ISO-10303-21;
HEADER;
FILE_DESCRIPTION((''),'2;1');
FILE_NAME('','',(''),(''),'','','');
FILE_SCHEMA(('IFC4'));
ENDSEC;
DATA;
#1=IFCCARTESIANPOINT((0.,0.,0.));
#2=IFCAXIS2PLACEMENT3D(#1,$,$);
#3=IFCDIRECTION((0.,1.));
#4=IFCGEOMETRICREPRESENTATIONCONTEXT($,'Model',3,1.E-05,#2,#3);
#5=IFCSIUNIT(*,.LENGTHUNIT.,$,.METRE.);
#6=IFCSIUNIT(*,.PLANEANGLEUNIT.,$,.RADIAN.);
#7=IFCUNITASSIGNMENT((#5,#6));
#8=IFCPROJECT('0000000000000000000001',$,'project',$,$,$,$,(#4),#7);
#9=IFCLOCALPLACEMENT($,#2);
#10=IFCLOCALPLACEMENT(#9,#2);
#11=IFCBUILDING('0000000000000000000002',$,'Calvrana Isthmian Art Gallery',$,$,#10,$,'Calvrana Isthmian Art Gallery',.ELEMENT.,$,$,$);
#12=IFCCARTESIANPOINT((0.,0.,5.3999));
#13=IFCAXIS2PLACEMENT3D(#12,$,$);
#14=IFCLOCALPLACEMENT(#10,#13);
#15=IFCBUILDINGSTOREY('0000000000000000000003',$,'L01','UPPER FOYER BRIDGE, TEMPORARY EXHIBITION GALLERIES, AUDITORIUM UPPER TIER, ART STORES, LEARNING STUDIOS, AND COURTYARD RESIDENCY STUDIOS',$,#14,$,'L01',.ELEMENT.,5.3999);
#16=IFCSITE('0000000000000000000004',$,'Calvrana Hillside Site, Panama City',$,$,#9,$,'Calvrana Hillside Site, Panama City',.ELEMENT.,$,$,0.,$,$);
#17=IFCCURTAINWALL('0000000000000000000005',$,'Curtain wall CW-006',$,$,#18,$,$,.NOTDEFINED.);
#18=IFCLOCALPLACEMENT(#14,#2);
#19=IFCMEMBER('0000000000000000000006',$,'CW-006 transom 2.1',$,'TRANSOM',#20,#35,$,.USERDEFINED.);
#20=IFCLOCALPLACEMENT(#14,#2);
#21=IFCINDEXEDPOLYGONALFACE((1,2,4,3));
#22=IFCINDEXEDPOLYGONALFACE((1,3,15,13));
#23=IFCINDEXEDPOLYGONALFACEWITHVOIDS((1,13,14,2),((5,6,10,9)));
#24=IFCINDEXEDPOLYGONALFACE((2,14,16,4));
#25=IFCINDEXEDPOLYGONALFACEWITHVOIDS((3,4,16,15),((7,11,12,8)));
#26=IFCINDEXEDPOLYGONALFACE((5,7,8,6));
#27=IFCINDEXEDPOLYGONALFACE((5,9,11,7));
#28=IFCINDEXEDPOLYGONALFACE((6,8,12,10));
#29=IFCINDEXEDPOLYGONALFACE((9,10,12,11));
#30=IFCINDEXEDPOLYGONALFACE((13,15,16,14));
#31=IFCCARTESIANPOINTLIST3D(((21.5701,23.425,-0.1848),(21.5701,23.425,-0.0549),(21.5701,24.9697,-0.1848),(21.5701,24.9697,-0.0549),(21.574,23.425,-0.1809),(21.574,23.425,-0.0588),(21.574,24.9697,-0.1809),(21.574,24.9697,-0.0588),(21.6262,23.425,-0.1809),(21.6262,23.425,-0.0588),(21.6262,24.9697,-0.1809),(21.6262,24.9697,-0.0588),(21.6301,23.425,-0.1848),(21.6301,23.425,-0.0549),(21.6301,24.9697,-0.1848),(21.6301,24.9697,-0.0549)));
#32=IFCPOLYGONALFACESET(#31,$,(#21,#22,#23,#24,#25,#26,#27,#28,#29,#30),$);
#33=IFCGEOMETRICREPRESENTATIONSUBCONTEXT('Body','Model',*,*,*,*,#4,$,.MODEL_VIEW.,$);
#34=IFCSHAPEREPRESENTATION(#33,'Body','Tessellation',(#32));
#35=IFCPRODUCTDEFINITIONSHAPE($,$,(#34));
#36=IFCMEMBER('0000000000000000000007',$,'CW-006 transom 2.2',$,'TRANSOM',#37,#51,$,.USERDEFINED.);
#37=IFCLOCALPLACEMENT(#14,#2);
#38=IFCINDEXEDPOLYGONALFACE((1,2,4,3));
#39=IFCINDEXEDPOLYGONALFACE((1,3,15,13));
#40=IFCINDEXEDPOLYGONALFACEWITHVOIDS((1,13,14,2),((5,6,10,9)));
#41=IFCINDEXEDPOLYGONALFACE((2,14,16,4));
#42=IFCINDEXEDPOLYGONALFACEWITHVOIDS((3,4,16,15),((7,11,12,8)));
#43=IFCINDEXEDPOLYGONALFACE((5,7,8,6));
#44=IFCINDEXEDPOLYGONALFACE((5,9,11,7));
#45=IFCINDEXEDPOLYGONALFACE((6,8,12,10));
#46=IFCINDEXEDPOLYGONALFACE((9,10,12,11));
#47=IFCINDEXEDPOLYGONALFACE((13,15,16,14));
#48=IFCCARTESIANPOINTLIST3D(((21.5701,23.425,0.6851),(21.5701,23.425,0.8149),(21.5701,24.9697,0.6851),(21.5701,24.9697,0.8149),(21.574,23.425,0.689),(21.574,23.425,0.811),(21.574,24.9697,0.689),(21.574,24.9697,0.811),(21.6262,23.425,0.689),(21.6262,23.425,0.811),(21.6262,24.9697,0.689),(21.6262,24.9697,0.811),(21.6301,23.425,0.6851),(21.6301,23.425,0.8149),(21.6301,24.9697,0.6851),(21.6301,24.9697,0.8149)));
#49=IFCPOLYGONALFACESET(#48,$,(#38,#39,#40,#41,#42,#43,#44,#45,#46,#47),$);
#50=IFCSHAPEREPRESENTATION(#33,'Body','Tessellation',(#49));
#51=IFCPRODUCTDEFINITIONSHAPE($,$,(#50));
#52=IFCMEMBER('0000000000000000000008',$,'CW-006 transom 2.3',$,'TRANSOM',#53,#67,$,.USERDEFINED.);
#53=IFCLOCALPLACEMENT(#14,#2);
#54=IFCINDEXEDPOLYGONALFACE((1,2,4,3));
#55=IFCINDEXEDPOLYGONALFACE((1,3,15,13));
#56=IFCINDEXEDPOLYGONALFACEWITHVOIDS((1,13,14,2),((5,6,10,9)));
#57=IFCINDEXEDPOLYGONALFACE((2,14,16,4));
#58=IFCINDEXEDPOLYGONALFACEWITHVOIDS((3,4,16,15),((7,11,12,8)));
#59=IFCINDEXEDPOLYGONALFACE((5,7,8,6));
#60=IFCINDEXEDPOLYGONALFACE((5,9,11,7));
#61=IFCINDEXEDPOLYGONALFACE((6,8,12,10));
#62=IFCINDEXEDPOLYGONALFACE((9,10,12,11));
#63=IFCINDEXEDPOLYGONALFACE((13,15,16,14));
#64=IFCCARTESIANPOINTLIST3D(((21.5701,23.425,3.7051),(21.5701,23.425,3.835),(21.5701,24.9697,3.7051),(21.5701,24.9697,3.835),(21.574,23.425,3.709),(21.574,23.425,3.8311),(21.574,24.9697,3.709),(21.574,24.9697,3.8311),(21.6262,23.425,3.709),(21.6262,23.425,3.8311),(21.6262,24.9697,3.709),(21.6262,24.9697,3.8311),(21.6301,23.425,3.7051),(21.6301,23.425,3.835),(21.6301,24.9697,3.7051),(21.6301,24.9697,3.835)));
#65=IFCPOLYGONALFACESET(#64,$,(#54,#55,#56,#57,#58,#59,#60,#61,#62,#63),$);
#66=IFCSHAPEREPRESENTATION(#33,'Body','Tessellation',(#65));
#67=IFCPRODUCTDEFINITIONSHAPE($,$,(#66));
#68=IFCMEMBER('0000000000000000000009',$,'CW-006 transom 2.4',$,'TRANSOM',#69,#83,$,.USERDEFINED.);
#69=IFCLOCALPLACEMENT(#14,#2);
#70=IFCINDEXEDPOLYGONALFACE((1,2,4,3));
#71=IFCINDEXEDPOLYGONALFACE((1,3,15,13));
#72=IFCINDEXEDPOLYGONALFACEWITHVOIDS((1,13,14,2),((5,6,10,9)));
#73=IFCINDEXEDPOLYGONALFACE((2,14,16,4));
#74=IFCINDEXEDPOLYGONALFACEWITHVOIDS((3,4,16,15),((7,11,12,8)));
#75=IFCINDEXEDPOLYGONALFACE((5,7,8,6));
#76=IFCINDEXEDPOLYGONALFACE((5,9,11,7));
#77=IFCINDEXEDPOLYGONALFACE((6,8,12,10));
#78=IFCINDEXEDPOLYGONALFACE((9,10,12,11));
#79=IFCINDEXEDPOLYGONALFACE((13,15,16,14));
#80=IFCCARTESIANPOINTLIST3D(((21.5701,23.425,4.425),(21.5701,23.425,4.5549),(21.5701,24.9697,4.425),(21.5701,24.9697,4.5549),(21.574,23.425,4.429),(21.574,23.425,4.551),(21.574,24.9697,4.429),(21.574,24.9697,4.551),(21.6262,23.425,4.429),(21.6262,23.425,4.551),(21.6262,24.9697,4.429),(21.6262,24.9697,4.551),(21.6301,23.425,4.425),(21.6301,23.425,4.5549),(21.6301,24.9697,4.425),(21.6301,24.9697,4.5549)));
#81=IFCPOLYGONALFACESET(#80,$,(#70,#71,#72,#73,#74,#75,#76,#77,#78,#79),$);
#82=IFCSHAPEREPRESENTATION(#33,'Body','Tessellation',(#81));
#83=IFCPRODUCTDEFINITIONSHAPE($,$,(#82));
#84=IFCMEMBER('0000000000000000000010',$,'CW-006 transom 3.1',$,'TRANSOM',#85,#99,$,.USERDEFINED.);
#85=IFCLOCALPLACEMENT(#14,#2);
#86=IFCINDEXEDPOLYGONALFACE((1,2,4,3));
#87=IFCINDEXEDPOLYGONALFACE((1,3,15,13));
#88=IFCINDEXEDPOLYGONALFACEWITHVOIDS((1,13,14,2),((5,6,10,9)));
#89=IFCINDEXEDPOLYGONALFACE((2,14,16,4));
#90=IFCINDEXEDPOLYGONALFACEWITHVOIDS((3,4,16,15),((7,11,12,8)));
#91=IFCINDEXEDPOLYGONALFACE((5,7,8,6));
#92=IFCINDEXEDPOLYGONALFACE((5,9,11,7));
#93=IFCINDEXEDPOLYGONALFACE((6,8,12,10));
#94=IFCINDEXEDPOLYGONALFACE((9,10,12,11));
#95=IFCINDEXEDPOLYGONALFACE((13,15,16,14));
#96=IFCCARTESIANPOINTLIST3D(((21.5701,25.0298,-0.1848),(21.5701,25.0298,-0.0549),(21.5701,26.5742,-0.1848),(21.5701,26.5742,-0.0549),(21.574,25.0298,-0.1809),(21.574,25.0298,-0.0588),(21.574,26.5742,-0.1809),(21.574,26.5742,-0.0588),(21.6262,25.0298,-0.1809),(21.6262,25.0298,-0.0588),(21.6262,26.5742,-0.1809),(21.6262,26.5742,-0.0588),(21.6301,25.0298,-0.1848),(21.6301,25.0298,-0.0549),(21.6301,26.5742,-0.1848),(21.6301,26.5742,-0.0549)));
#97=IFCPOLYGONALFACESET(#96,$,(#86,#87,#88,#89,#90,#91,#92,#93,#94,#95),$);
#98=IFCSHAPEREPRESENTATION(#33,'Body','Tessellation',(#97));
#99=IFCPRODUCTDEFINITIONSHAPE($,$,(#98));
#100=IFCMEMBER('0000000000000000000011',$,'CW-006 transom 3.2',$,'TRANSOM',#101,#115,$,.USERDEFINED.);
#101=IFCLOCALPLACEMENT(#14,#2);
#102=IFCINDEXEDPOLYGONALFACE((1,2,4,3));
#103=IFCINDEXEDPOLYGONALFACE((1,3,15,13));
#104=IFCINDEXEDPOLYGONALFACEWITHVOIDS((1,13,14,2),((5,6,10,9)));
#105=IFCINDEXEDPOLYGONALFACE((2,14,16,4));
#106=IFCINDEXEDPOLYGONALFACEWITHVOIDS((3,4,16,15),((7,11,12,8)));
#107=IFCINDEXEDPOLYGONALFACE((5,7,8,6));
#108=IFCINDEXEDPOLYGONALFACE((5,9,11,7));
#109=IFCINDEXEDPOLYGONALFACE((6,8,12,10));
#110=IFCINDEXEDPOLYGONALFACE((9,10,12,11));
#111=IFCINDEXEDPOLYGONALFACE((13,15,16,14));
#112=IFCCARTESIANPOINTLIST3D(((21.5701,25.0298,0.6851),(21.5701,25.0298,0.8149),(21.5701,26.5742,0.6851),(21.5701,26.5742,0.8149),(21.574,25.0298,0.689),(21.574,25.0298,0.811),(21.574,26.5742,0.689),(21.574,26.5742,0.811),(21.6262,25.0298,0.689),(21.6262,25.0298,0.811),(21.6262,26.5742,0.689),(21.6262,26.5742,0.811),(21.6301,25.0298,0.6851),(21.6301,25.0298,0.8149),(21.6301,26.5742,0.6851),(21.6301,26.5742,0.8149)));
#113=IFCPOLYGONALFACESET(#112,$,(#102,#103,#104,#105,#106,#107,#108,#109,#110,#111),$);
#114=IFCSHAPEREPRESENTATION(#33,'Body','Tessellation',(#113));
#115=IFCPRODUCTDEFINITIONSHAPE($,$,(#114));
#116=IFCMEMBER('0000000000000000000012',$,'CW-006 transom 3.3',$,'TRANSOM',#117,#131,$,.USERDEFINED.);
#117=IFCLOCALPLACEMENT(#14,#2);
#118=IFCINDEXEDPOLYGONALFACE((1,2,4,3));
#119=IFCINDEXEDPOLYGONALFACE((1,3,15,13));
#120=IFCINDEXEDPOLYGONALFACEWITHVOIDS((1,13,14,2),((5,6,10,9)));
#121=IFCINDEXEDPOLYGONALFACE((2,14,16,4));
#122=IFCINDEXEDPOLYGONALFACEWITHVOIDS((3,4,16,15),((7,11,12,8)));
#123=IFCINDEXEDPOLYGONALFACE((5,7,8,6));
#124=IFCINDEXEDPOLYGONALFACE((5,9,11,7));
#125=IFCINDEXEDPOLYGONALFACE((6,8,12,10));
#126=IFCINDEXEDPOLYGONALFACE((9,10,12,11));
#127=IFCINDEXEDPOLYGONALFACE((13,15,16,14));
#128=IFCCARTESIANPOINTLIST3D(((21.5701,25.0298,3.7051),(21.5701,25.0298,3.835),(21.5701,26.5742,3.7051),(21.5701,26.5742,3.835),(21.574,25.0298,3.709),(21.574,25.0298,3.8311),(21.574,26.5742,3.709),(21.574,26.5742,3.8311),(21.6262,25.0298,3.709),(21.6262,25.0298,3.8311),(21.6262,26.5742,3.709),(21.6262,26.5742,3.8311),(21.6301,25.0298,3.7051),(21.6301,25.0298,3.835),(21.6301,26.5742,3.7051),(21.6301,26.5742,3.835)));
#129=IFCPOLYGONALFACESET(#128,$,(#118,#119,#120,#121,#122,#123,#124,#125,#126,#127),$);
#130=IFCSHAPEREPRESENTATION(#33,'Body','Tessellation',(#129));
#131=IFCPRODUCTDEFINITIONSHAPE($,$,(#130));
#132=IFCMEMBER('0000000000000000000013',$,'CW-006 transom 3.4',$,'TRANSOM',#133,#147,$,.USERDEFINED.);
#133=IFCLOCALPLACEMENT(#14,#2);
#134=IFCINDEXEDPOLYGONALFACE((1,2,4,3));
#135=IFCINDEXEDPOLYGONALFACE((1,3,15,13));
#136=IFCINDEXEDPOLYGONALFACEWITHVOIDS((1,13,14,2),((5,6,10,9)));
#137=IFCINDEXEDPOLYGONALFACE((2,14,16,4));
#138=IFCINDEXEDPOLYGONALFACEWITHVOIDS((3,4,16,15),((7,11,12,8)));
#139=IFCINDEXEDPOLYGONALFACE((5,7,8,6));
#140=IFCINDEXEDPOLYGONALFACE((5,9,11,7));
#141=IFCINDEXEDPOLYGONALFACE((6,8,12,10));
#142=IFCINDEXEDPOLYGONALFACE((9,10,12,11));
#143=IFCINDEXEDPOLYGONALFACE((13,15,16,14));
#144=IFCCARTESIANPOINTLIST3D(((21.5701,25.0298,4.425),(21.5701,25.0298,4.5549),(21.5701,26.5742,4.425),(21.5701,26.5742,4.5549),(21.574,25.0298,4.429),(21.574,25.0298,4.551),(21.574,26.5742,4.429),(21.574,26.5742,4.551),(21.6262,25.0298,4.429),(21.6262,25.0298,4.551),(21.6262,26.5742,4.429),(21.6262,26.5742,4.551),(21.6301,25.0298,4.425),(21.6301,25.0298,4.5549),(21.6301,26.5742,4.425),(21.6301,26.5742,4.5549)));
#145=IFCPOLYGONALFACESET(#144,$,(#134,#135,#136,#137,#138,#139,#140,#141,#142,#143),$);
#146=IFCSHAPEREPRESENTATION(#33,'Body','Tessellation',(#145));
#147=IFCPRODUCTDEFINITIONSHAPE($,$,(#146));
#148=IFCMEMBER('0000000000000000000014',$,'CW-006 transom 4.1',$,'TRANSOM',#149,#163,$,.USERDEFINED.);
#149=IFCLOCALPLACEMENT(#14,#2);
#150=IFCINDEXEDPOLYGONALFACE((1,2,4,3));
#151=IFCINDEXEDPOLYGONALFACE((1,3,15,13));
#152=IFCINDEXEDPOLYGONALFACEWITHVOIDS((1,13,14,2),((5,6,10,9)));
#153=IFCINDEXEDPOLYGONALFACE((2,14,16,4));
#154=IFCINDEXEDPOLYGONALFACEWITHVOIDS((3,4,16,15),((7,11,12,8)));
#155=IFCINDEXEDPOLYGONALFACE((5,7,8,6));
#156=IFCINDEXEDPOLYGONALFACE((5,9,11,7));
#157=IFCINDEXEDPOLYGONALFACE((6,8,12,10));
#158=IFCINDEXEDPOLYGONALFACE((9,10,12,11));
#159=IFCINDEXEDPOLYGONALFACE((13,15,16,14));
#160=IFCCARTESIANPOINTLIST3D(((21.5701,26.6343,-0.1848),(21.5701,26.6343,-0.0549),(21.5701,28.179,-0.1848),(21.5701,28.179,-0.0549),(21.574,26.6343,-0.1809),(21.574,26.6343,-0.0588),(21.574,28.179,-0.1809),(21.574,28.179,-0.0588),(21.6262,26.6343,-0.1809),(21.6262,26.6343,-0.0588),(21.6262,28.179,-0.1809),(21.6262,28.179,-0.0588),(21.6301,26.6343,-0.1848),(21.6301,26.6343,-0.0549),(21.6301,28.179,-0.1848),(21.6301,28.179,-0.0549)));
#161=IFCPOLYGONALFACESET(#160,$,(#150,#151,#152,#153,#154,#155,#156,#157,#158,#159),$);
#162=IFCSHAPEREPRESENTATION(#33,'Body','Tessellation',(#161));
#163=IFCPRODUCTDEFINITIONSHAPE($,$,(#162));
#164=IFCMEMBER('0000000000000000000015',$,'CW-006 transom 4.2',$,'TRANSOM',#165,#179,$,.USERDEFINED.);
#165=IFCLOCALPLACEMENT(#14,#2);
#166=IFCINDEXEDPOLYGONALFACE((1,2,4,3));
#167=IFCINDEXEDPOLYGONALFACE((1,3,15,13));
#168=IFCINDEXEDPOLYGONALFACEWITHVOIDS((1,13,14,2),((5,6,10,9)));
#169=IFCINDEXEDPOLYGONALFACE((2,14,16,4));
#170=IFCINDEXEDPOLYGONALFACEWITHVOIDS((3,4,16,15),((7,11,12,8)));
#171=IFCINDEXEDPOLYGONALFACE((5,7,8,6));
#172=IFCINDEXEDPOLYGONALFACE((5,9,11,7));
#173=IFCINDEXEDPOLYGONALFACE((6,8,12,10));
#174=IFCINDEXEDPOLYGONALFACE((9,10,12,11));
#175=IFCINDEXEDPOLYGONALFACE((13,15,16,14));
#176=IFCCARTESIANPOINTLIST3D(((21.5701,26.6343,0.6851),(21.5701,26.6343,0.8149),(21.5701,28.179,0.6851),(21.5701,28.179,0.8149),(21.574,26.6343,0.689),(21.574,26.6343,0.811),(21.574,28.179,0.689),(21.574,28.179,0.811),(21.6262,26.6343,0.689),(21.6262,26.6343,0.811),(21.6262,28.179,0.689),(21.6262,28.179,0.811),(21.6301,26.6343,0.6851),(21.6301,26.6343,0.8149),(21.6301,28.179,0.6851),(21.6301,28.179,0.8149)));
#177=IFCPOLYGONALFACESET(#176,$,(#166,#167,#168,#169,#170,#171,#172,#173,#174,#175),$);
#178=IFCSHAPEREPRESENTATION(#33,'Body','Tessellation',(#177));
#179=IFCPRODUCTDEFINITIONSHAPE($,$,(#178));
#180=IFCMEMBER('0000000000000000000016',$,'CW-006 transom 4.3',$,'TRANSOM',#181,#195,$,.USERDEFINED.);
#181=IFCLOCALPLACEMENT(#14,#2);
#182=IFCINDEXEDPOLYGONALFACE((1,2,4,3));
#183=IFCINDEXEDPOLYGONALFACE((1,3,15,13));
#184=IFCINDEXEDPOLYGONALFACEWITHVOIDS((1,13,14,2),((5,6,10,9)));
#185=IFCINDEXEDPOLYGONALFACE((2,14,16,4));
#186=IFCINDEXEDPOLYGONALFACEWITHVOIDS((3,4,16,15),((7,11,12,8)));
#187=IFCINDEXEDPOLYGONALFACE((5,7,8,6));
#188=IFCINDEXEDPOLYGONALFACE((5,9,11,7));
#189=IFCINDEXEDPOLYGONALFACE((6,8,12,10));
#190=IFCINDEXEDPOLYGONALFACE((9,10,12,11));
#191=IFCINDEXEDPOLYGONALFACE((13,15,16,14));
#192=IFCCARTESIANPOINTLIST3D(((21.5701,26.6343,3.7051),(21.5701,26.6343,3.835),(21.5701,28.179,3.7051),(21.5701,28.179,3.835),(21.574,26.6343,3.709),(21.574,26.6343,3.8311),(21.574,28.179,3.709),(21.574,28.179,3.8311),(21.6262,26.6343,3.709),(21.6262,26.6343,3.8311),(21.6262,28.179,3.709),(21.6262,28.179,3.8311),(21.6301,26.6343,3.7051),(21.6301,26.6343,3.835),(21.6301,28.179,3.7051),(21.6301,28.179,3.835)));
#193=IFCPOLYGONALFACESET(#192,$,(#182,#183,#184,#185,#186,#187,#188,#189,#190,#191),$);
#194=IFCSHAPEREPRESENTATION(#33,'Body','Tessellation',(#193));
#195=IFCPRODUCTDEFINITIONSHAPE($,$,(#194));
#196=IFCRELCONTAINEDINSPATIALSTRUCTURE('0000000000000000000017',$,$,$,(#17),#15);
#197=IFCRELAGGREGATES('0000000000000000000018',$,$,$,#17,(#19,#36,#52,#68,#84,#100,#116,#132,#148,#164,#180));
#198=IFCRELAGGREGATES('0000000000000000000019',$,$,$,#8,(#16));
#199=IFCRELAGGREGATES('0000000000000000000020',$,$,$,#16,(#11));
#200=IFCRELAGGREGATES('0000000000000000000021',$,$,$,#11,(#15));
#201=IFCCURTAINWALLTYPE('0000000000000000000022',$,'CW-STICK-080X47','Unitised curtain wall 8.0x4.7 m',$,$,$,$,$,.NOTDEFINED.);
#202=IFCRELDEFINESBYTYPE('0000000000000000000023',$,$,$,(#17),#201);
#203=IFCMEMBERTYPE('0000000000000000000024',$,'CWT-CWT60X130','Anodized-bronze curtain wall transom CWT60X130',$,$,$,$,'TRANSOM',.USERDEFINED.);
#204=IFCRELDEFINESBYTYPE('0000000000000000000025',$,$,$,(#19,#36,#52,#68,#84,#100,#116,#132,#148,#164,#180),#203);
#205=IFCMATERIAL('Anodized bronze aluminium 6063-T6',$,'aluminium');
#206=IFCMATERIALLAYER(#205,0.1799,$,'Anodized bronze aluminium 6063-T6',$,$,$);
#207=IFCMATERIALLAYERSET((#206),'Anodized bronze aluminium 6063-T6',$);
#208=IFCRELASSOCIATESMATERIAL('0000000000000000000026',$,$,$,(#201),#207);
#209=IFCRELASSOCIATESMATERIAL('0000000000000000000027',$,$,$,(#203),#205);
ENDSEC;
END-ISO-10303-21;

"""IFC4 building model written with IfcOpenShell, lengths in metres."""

from ifc_helpers import new_model, si_unit, direction, frame, origin, origin_2d, place, context, subcontext, project, spatial, hollow_rectangle, extrude, material, layer, layer_set, material_profile, profile_set, type_object, element, aggregate, save


model = new_model("IFC4")

# Units and contexts
model_context = context("Model", 3, precision=1e-05, world=origin(), true_north=direction((0.0, 1.0)))
body_context = subcontext(model_context, "Body", "Model", "MODEL_VIEW")
ifc_project = project(units=[si_unit("LENGTHUNIT", "METRE"), si_unit("PLANEANGLEUNIT", "RADIAN")], contexts=[model_context])

# Site, building, storey
site_placement = place(None, origin())
site = spatial("IfcSite", under=ifc_project, at=site_placement, Name="Calvrana Hillside Site, Panama City", LongName="Calvrana Hillside Site, Panama City", CompositionType="ELEMENT", RefElevation=0.0)
building_placement = place(site_placement, origin())
building = spatial("IfcBuilding", under=site, at=building_placement, Name="Calvrana Isthmian Art Gallery", LongName="Calvrana Isthmian Art Gallery", CompositionType="ELEMENT")
storey_placement = place(building_placement, frame((0.0, 0.0, 5.3999)))
storey = spatial("IfcBuildingStorey", under=building, at=storey_placement, Name="L01", Description="UPPER FOYER BRIDGE, TEMPORARY EXHIBITION GALLERIES, AUDITORIUM UPPER TIER, ART STORES, LEARNING STUDIOS, AND COURTYARD RESIDENCY STUDIOS", LongName="L01", CompositionType="ELEMENT", Elevation=5.3999)

# Curtain wall, members
ifc_material_1 = material(Name="Anodized bronze aluminium 6063-T6", Category="aluminium")
ifc_layer_1 = layer(ifc_material_1, 0.1799, Name="Anodized bronze aluminium 6063-T6")
ifc_layer_set_1 = layer_set([ifc_layer_1], Name="Anodized bronze aluminium 6063-T6")
curtain_wall_type = type_object("IfcCurtainWallType", Name="CW-STICK-080X47", Description="Unitised curtain wall 8.0x4.7 m", PredefinedType="NOTDEFINED", material=ifc_layer_set_1)
curtain_wall_placement = place(storey_placement, origin())
curtain_wall = element("IfcCurtainWall", 1, at=curtain_wall_placement, inside=storey, type_object=curtain_wall_type, Name="Curtain wall CW-006", PredefinedType="NOTDEFINED")
ifc_material_profile_1 = material_profile(ifc_material_1, hollow_rectangle(XDim=0.0601, YDim=0.1299, WallThickness=0.0039, at=origin_2d()), Name="CWT60X130")
ifc_profile_set_1 = profile_set([ifc_material_profile_1], Name="Anodized bronze aluminium 6063-T6")
member_type_1 = type_object("IfcMemberType", Name="CWT-CWT60X130", Description="Anodized-bronze curtain wall transom CWT60X130", ElementType="TRANSOM", PredefinedType="USERDEFINED", material=ifc_profile_set_1)
member_1_placement = place(storey_placement, frame((21.6001, 23.425, -0.1199), z_axis=(0.0, 1.0, 0.0), x_axis=(-1.0, 0.0, 0.0)))
member_1 = element("IfcMember", 2, at=member_1_placement, type_object=member_type_1, Name="CW-006 transom 2.1", ObjectType="TRANSOM", PredefinedType="USERDEFINED", context=body_context, shape_type="SweptSolid", body=[
    extrude(hollow_rectangle(XDim=0.0601, YDim=0.1299, WallThickness=0.0039, at=origin_2d()), origin(), (0.0, 0.0, 1.0), 1.5447),
])
member_2_placement = place(storey_placement, frame((21.6001, 23.425, 0.75), z_axis=(0.0, 1.0, 0.0), x_axis=(-1.0, 0.0, 0.0)))
member_2 = element("IfcMember", 3, at=member_2_placement, type_object=member_type_1, Name="CW-006 transom 2.2", ObjectType="TRANSOM", PredefinedType="USERDEFINED", context=body_context, shape_type="SweptSolid", body=[
    extrude(hollow_rectangle(XDim=0.0601, YDim=0.1299, WallThickness=0.0039, at=origin_2d()), origin(), (0.0, 0.0, 1.0), 1.5447),
])
member_3_placement = place(storey_placement, frame((21.6001, 23.425, 3.77), z_axis=(0.0, 1.0, 0.0), x_axis=(-1.0, 0.0, 0.0)))
member_3 = element("IfcMember", 4, at=member_3_placement, type_object=member_type_1, Name="CW-006 transom 2.3", ObjectType="TRANSOM", PredefinedType="USERDEFINED", context=body_context, shape_type="SweptSolid", body=[
    extrude(hollow_rectangle(XDim=0.0601, YDim=0.1299, WallThickness=0.0039, at=origin_2d()), origin(), (0.0, 0.0, 1.0), 1.5447),
])
member_4_placement = place(storey_placement, frame((21.6001, 23.425, 4.49), z_axis=(0.0, 1.0, 0.0), x_axis=(-1.0, 0.0, 0.0)))
member_4 = element("IfcMember", 5, at=member_4_placement, type_object=member_type_1, Name="CW-006 transom 2.4", ObjectType="TRANSOM", PredefinedType="USERDEFINED", context=body_context, shape_type="SweptSolid", body=[
    extrude(hollow_rectangle(XDim=0.0601, YDim=0.1299, WallThickness=0.0039, at=origin_2d()), origin(), (0.0, 0.0, 1.0), 1.5447),
])
member_5_placement = place(storey_placement, frame((21.6001, 25.0298, -0.1199), z_axis=(0.0, 1.0, 0.0), x_axis=(-1.0, 0.0, 0.0)))
member_5 = element("IfcMember", 6, at=member_5_placement, type_object=member_type_1, Name="CW-006 transom 3.1", ObjectType="TRANSOM", PredefinedType="USERDEFINED", context=body_context, shape_type="SweptSolid", body=[
    extrude(hollow_rectangle(XDim=0.0601, YDim=0.1299, WallThickness=0.0039, at=origin_2d()), origin(), (0.0, 0.0, 1.0), 1.5444),
])
member_6_placement = place(storey_placement, frame((21.6001, 25.0298, 0.75), z_axis=(0.0, 1.0, 0.0), x_axis=(-1.0, 0.0, 0.0)))
member_6 = element("IfcMember", 7, at=member_6_placement, type_object=member_type_1, Name="CW-006 transom 3.2", ObjectType="TRANSOM", PredefinedType="USERDEFINED", context=body_context, shape_type="SweptSolid", body=[
    extrude(hollow_rectangle(XDim=0.0601, YDim=0.1299, WallThickness=0.0039, at=origin_2d()), origin(), (0.0, 0.0, 1.0), 1.5444),
])
member_7_placement = place(storey_placement, frame((21.6001, 25.0298, 3.77), z_axis=(0.0, 1.0, 0.0), x_axis=(-1.0, 0.0, 0.0)))
member_7 = element("IfcMember", 8, at=member_7_placement, type_object=member_type_1, Name="CW-006 transom 3.3", ObjectType="TRANSOM", PredefinedType="USERDEFINED", context=body_context, shape_type="SweptSolid", body=[
    extrude(hollow_rectangle(XDim=0.0601, YDim=0.1299, WallThickness=0.0039, at=origin_2d()), origin(), (0.0, 0.0, 1.0), 1.5444),
])
member_8_placement = place(storey_placement, frame((21.6001, 25.0298, 4.49), z_axis=(0.0, 1.0, 0.0), x_axis=(-1.0, 0.0, 0.0)))
member_8 = element("IfcMember", 9, at=member_8_placement, type_object=member_type_1, Name="CW-006 transom 3.4", ObjectType="TRANSOM", PredefinedType="USERDEFINED", context=body_context, shape_type="SweptSolid", body=[
    extrude(hollow_rectangle(XDim=0.0601, YDim=0.1299, WallThickness=0.0039, at=origin_2d()), origin(), (0.0, 0.0, 1.0), 1.5444),
])
member_9_placement = place(storey_placement, frame((21.6001, 26.6343, -0.1199), z_axis=(0.0, 1.0, 0.0), x_axis=(-1.0, 0.0, 0.0)))
member_9 = element("IfcMember", 10, at=member_9_placement, type_object=member_type_1, Name="CW-006 transom 4.1", ObjectType="TRANSOM", PredefinedType="USERDEFINED", context=body_context, shape_type="SweptSolid", body=[
    extrude(hollow_rectangle(XDim=0.0601, YDim=0.1299, WallThickness=0.0039, at=origin_2d()), origin(), (0.0, 0.0, 1.0), 1.5447),
])
member_10_placement = place(storey_placement, frame((21.6001, 26.6343, 0.75), z_axis=(0.0, 1.0, 0.0), x_axis=(-1.0, 0.0, 0.0)))
member_10 = element("IfcMember", 11, at=member_10_placement, type_object=member_type_1, Name="CW-006 transom 4.2", ObjectType="TRANSOM", PredefinedType="USERDEFINED", context=body_context, shape_type="SweptSolid", body=[
    extrude(hollow_rectangle(XDim=0.0601, YDim=0.1299, WallThickness=0.0039, at=origin_2d()), origin(), (0.0, 0.0, 1.0), 1.5447),
])
member_11_placement = place(storey_placement, frame((21.6001, 26.6343, 3.77), z_axis=(0.0, 1.0, 0.0), x_axis=(-1.0, 0.0, 0.0)))
member_11 = element("IfcMember", 12, at=member_11_placement, type_object=member_type_1, Name="CW-006 transom 4.3", ObjectType="TRANSOM", PredefinedType="USERDEFINED", context=body_context, shape_type="SweptSolid", body=[
    extrude(hollow_rectangle(XDim=0.0601, YDim=0.1299, WallThickness=0.0039, at=origin_2d()), origin(), (0.0, 0.0, 1.0), 1.5447),
])
aggregate(curtain_wall, [member_1, member_2, member_3, member_4, member_5, member_6, member_7, member_8, member_9, member_10, member_11])

save(model, "model.ifc")
